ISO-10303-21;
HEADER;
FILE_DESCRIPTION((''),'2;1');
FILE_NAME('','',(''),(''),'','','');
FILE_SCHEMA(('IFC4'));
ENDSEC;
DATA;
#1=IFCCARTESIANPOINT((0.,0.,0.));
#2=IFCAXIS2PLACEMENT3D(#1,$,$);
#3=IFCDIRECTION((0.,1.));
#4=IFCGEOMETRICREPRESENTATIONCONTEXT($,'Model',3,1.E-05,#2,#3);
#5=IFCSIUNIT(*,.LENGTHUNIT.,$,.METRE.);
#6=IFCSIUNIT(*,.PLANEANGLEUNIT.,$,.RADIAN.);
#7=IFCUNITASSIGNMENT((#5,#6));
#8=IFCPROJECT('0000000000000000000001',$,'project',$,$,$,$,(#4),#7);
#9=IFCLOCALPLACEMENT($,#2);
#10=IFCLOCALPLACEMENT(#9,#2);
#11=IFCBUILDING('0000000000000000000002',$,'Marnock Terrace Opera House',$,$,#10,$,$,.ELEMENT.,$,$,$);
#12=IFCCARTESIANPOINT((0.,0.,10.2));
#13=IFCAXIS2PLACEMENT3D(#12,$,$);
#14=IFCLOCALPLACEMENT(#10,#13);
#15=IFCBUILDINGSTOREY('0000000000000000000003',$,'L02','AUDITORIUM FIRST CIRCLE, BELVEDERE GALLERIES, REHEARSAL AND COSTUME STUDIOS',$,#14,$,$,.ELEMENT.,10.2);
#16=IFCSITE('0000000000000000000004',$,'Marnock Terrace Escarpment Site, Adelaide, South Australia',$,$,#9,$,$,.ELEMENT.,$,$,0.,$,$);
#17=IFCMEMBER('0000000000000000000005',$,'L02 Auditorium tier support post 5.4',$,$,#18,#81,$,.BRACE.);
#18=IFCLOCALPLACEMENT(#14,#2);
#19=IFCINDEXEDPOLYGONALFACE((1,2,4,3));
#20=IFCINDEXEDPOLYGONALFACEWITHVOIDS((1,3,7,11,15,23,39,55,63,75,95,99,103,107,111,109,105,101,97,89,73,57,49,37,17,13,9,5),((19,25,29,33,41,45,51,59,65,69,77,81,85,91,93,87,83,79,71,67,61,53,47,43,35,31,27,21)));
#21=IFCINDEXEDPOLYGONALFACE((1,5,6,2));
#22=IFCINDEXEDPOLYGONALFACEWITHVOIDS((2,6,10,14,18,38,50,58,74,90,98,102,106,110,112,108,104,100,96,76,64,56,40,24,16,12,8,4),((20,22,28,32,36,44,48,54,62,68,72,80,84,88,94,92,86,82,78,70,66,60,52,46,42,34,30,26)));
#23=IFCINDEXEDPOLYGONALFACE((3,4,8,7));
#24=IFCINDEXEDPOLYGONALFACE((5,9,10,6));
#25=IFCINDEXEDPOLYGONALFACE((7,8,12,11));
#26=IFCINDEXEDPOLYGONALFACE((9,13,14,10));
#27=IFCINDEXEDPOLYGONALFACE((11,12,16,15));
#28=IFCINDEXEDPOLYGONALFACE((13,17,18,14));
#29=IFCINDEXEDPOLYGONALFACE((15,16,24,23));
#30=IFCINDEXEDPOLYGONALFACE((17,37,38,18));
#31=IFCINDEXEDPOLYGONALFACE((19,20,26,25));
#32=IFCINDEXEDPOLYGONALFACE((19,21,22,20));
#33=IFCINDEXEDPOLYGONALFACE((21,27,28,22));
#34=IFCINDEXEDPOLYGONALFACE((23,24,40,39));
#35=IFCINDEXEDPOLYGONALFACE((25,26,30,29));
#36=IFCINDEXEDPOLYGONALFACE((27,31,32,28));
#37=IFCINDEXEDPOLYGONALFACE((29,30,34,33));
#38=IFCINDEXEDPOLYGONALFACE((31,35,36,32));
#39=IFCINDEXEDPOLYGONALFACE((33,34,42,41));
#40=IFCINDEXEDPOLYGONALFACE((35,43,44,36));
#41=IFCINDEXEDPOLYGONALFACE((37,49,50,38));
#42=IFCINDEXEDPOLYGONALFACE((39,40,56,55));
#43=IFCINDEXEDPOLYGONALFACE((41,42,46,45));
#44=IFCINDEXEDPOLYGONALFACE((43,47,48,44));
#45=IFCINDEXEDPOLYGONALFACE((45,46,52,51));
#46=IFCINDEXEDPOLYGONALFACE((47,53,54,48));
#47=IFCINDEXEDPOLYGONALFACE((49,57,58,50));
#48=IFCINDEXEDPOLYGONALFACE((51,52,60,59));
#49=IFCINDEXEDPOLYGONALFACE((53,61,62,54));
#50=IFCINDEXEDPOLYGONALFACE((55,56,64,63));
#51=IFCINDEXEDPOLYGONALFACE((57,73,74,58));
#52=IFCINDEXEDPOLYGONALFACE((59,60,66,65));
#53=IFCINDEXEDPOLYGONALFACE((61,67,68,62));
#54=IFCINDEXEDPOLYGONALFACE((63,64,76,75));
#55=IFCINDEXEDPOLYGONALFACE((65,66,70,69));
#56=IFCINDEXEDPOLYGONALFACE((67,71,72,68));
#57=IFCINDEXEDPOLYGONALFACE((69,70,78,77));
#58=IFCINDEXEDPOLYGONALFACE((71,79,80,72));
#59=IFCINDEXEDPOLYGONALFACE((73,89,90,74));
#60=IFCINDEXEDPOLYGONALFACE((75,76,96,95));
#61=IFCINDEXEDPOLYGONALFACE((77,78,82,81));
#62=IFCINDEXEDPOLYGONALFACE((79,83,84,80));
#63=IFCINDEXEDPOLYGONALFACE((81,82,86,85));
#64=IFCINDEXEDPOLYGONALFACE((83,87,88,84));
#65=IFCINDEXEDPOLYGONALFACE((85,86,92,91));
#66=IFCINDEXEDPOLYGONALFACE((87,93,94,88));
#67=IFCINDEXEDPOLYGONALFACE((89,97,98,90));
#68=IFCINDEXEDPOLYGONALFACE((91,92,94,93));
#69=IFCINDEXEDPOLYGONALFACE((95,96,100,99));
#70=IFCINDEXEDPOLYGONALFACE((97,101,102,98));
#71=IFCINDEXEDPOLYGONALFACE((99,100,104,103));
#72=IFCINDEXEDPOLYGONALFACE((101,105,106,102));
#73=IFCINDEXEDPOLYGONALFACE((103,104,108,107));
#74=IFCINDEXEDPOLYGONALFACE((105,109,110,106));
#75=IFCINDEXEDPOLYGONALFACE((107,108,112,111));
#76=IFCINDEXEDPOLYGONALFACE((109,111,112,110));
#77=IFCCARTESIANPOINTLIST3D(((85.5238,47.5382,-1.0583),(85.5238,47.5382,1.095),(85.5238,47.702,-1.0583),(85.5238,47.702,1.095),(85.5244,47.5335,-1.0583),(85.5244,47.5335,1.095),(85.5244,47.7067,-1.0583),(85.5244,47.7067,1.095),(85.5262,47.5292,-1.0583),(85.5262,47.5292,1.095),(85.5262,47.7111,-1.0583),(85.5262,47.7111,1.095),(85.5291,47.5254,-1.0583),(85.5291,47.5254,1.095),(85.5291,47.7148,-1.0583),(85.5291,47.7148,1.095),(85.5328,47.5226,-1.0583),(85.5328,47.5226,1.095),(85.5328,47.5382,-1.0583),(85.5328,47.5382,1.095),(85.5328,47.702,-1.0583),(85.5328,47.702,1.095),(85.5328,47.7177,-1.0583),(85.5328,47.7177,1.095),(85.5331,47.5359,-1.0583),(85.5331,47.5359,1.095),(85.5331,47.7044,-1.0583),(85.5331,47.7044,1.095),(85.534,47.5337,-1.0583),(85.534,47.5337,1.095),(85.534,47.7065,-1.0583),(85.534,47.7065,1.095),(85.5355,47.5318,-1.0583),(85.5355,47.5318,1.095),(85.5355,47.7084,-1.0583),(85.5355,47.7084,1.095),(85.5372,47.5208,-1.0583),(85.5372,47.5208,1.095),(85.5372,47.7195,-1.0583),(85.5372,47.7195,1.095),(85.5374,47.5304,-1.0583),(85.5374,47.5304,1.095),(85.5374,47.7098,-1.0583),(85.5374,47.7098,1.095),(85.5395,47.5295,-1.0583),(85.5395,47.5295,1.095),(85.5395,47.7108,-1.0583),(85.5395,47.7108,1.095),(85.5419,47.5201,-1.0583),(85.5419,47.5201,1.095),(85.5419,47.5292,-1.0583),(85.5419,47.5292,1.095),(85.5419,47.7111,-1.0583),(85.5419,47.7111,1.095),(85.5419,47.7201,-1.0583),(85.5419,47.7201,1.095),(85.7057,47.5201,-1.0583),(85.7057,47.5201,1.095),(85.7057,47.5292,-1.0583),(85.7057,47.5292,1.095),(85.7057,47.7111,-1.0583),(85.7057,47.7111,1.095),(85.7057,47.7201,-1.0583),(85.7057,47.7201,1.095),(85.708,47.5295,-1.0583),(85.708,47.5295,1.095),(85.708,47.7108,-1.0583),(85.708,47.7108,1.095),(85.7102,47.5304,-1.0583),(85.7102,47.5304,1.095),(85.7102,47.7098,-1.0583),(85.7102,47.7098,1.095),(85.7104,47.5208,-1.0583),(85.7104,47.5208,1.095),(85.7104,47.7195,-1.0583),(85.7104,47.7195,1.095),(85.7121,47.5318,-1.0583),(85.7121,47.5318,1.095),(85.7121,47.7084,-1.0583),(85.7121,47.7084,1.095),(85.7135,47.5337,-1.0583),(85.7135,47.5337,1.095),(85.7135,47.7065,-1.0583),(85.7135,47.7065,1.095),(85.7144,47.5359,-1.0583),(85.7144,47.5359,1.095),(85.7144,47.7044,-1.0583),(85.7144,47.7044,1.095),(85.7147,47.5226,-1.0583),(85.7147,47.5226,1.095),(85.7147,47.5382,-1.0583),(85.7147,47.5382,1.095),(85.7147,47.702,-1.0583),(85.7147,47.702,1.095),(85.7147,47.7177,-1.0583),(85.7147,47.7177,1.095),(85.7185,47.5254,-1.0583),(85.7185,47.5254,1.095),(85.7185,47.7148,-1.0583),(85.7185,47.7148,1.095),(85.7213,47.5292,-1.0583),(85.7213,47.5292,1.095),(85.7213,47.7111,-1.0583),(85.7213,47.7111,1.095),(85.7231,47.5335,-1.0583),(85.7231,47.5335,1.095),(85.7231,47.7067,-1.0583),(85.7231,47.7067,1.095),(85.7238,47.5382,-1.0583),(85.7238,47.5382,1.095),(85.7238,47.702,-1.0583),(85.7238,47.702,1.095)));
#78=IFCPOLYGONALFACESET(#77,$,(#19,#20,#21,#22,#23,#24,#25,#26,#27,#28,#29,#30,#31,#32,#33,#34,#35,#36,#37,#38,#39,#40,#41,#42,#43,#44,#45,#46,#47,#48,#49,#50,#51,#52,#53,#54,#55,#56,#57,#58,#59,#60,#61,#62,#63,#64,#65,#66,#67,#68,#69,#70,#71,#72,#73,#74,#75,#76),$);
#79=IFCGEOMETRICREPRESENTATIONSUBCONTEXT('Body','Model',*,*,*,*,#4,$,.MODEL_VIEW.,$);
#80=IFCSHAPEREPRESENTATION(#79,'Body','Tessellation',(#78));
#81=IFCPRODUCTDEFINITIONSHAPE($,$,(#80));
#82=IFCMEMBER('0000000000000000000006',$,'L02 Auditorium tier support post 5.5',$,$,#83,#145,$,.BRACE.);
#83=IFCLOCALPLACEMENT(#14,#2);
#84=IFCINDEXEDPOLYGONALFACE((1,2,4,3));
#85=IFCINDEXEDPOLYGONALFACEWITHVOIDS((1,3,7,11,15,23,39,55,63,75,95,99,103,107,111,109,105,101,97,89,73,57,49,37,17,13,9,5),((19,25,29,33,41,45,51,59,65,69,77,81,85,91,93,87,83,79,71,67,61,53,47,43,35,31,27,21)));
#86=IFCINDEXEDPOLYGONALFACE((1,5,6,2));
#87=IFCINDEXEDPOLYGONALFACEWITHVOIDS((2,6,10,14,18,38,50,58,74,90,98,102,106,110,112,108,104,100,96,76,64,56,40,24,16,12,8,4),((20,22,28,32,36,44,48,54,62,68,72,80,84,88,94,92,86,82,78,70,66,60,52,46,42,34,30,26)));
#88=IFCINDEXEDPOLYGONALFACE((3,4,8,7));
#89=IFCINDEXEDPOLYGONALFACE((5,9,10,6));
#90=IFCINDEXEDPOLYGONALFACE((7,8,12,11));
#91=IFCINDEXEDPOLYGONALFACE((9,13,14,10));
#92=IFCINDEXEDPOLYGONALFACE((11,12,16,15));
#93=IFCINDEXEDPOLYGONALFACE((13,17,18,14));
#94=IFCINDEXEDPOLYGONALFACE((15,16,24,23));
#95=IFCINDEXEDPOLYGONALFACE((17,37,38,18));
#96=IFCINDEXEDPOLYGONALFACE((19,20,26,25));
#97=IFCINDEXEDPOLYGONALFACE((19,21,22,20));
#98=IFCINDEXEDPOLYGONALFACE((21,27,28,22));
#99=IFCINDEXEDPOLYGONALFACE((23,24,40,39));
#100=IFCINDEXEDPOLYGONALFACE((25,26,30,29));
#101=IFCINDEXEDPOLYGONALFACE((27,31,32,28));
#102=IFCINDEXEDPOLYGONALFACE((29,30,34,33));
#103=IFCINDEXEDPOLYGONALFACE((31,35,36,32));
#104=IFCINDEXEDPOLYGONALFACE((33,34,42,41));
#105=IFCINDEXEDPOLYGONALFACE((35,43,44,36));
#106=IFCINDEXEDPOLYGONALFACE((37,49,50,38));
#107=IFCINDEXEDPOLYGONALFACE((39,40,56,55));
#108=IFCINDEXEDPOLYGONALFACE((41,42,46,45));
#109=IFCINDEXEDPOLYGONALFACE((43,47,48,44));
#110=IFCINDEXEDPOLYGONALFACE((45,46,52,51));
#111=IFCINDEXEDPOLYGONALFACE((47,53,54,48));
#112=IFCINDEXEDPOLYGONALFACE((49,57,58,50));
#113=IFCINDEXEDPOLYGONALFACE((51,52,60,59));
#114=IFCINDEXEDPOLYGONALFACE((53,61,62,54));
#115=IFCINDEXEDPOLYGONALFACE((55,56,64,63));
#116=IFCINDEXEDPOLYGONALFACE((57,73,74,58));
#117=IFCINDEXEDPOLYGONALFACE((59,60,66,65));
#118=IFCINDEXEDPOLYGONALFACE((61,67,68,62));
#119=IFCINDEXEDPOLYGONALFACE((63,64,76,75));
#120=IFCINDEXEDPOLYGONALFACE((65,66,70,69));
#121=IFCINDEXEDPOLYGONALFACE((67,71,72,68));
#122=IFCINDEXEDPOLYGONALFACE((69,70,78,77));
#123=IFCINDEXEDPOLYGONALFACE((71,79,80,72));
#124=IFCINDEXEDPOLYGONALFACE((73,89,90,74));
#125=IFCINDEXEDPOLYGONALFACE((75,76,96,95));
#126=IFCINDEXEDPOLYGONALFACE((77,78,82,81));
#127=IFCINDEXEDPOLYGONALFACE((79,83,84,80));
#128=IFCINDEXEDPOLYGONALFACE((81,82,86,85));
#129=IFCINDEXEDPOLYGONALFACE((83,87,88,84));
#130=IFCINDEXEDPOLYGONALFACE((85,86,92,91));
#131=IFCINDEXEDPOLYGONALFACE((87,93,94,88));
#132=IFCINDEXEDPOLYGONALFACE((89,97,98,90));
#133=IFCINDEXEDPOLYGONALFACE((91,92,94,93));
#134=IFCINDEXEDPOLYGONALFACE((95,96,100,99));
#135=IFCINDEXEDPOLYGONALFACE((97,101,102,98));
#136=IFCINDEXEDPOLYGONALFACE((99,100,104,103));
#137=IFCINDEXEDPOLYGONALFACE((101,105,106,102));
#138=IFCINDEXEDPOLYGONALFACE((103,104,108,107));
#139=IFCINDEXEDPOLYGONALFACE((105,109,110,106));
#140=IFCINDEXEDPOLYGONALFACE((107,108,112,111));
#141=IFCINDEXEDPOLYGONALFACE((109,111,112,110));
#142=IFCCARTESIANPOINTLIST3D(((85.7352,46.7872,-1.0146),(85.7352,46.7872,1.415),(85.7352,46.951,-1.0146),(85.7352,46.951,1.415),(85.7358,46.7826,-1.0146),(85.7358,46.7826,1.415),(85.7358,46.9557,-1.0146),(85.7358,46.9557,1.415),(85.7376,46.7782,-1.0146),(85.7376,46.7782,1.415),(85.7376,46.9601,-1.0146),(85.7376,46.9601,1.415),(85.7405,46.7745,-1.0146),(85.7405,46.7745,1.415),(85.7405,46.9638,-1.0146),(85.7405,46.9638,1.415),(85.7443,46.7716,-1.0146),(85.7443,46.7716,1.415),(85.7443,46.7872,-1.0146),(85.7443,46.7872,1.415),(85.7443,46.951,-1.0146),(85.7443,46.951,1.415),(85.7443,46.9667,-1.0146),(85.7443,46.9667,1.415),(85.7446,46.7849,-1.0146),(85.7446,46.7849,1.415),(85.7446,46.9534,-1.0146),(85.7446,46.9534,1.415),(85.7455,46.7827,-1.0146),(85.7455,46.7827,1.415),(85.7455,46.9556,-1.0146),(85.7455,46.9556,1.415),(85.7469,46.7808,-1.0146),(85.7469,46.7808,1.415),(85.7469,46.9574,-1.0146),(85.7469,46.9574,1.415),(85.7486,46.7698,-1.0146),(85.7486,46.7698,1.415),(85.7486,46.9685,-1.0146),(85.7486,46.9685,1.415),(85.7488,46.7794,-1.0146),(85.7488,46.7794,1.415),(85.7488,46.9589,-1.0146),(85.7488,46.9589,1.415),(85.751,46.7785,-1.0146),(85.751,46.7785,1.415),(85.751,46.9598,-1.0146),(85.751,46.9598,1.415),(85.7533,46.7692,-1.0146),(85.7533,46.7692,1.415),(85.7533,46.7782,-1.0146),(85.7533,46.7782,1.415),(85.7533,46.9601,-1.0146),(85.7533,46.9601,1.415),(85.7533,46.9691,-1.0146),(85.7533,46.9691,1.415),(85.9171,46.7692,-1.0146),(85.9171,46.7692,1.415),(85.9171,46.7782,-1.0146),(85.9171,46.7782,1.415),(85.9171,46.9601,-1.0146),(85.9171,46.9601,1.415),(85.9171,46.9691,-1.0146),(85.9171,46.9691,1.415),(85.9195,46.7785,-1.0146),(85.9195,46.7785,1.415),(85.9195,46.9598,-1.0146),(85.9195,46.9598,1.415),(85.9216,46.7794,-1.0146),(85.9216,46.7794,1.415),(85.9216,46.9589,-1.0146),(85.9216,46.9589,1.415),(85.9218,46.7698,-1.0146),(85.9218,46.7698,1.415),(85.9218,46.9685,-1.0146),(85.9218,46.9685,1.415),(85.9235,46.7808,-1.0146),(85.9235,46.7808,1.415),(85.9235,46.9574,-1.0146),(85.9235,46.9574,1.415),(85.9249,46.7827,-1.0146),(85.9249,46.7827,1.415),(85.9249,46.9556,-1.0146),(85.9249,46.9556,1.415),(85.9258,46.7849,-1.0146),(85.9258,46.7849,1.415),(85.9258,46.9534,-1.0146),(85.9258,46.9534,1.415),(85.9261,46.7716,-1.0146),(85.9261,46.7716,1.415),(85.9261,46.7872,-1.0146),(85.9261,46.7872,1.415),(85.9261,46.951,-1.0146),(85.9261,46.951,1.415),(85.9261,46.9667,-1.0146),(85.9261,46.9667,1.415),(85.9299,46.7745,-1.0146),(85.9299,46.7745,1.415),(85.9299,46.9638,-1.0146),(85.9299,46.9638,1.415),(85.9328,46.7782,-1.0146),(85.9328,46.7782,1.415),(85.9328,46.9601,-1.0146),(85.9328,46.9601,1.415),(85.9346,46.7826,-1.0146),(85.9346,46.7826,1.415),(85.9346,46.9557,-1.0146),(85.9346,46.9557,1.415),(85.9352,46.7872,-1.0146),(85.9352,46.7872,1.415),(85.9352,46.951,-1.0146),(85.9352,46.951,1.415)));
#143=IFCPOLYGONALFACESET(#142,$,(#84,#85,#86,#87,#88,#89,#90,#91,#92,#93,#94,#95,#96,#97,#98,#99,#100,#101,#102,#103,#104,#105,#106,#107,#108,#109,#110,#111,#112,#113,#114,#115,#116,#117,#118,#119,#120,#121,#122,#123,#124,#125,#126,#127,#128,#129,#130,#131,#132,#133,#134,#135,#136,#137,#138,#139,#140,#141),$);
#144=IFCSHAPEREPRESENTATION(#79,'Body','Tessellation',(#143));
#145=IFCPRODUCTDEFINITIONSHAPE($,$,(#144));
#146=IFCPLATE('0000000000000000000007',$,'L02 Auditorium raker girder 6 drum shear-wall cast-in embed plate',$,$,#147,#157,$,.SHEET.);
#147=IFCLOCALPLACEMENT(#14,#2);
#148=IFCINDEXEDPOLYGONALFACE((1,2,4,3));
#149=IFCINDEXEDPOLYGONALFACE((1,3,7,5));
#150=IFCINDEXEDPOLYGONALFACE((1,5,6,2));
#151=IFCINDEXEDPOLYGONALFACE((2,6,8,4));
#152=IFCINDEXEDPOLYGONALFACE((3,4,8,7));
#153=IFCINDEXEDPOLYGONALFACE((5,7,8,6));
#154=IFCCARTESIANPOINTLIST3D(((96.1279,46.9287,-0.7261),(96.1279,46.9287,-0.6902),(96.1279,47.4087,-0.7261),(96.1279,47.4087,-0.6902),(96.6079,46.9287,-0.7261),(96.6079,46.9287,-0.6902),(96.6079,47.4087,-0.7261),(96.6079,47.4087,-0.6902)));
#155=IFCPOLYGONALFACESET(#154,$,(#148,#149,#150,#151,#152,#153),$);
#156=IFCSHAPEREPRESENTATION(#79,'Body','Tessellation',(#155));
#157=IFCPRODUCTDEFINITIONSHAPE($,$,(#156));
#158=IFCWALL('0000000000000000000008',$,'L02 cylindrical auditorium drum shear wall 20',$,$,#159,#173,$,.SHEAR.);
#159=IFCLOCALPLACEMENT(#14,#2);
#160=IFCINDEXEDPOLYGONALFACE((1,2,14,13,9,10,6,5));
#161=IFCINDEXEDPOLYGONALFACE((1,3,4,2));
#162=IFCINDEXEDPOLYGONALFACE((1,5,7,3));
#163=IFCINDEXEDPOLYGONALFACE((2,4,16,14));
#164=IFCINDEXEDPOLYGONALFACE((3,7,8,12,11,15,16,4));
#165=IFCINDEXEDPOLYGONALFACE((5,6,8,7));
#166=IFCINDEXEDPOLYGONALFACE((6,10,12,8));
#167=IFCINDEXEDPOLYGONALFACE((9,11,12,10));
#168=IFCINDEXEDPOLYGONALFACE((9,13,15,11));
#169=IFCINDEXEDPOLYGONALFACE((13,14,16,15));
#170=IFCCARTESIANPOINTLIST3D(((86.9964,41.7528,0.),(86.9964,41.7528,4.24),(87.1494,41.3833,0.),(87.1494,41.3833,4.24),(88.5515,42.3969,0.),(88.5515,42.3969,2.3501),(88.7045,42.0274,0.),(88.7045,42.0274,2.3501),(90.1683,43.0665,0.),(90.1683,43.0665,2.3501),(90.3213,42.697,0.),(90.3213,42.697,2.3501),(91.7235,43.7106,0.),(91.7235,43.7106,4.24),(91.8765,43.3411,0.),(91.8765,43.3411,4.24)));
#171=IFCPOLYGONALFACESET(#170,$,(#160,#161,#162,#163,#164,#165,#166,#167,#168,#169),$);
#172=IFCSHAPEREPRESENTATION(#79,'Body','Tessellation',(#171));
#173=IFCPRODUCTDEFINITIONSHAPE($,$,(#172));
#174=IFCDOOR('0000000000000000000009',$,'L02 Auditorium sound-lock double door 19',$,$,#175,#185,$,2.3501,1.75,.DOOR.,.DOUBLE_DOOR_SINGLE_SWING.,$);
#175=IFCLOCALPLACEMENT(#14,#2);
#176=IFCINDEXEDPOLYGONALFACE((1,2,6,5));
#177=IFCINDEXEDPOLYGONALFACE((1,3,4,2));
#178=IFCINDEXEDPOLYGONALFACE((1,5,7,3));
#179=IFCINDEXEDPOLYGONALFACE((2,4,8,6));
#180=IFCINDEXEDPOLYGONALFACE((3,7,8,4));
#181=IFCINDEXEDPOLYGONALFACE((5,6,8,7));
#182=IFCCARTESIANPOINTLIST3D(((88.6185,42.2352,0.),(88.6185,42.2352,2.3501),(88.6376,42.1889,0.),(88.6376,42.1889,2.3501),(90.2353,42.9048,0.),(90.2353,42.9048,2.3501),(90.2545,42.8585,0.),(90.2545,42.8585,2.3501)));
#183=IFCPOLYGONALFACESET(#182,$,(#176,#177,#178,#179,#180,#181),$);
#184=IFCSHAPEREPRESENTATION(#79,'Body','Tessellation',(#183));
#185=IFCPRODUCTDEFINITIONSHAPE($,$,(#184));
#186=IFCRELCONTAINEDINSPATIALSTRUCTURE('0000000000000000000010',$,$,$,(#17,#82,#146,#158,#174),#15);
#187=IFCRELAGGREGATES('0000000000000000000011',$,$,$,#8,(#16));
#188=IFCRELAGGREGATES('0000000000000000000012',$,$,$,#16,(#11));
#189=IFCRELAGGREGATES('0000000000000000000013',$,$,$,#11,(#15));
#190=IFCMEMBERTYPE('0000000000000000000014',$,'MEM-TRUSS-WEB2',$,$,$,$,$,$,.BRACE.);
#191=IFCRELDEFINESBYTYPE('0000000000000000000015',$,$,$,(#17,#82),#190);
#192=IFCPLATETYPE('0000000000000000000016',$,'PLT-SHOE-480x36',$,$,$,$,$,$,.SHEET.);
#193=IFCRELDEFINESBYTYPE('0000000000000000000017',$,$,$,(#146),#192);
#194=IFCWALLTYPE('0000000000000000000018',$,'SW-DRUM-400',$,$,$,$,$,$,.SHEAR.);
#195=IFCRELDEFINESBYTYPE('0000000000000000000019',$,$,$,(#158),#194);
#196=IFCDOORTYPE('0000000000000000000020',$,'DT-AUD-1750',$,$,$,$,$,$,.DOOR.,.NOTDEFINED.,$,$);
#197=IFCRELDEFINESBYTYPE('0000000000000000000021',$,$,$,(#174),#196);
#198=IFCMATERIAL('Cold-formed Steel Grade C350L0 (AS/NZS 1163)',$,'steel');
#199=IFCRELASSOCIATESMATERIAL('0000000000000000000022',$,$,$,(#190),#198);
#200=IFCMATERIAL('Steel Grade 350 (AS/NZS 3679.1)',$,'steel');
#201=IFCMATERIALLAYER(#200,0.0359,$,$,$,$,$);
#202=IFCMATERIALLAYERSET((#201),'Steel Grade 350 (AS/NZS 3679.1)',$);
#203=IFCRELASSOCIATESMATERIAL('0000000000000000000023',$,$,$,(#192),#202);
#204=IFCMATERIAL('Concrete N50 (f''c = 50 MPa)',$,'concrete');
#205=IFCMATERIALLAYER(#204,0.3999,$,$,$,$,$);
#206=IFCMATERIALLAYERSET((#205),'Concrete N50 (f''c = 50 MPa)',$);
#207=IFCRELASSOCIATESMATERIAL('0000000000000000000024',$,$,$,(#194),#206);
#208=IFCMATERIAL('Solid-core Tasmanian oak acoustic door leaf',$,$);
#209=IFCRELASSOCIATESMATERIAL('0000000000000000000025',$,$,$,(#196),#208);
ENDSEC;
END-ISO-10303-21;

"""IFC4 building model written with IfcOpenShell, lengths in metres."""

from ifc_helpers import new_model, si_unit, direction, frame, frame_2d, origin, origin_2d, place, context, subcontext, project, spatial, rectangle, hollow_rectangle, extrude, material, layer, layer_set, material_profile, profile_set, type_object, element, fill, save


model = new_model("IFC4")

# Units and contexts
model_context = context("Model", 3, precision=1e-05, world=origin(), true_north=direction((0.0, 1.0)))
body_context = subcontext(model_context, "Body", "Model", "MODEL_VIEW")
ifc_project = project(units=[si_unit("LENGTHUNIT", "METRE"), si_unit("PLANEANGLEUNIT", "RADIAN")], contexts=[model_context])

# Site, building, storey
site_placement = place(None, origin())
site = spatial("IfcSite", under=ifc_project, at=site_placement, Name="Marnock Terrace Escarpment Site, Adelaide, South Australia", CompositionType="ELEMENT", RefElevation=0.0)
building_placement = place(site_placement, origin())
building = spatial("IfcBuilding", under=site, at=building_placement, Name="Marnock Terrace Opera House", CompositionType="ELEMENT")
storey_placement = place(building_placement, frame((0.0, 0.0, 10.2)))
storey = spatial("IfcBuildingStorey", under=building, at=storey_placement, Name="L02", Description="AUDITORIUM FIRST CIRCLE, BELVEDERE GALLERIES, REHEARSAL AND COSTUME STUDIOS", CompositionType="ELEMENT", Elevation=10.2)

# Shared definitions
ifc_material_1 = material(Name="Concrete N50 (f'c = 50 MPa)", Category="concrete")

# Shared definitions
ifc_material_2 = material(Name="Steel Grade 350 (AS/NZS 3679.1)", Category="steel")

# Members
ifc_material_3 = material(Name="Cold-formed Steel Grade C350L0 (AS/NZS 1163)", Category="steel")
ifc_material_profile_1 = material_profile(ifc_material_3, hollow_rectangle(XDim=0.2, YDim=0.2, WallThickness=0.009, InnerFilletRadius=0.009, OuterFilletRadius=0.0181, at=origin_2d()))
ifc_profile_set_1 = profile_set([ifc_material_profile_1], Name="Cold-formed Steel Grade C350L0 (AS/NZS 1163)")
member_type = type_object("IfcMemberType", Name="MEM-TRUSS-WEB2", PredefinedType="BRACE", material=ifc_profile_set_1)
member_1_placement = place(storey_placement, frame((85.6238, 47.6201, -1.0583), z_axis=(0.0, 0.0, 1.0), x_axis=(1.0, 0.0, 0.0)))
element("IfcMember", 1, at=member_1_placement, inside=storey, type_object=member_type, Name="L02 Auditorium tier support post 5.4", PredefinedType="BRACE", context=body_context, shape_type="SweptSolid", body=[
    extrude(hollow_rectangle(XDim=0.2, YDim=0.2, WallThickness=0.009, InnerFilletRadius=0.009, OuterFilletRadius=0.0181, at=origin_2d()), origin(), (0.0, 0.0, 1.0), 2.1533),
])
member_2_placement = place(storey_placement, frame((85.8352, 46.8691, -1.0146), z_axis=(0.0, 0.0, 1.0), x_axis=(1.0, 0.0, 0.0)))
element("IfcMember", 2, at=member_2_placement, inside=storey, type_object=member_type, Name="L02 Auditorium tier support post 5.5", PredefinedType="BRACE", context=body_context, shape_type="SweptSolid", body=[
    extrude(hollow_rectangle(XDim=0.2, YDim=0.2, WallThickness=0.009, InnerFilletRadius=0.009, OuterFilletRadius=0.0181, at=origin_2d()), origin(), (0.0, 0.0, 1.0), 2.4297),
])

# Plate
ifc_layer_1 = layer(ifc_material_2, 0.0359)
ifc_layer_set_1 = layer_set([ifc_layer_1], Name="Steel Grade 350 (AS/NZS 3679.1)")
plate_type = type_object("IfcPlateType", Name="PLT-SHOE-480x36", PredefinedType="SHEET", material=ifc_layer_set_1)
plate_placement = place(storey_placement, frame((96.3679, 47.1687, -0.7261), z_axis=(0.0, 0.0, 1.0), x_axis=(1.0, 0.0, 0.0)))
element("IfcPlate", 3, at=plate_placement, inside=storey, type_object=plate_type, Name="L02 Auditorium raker girder 6 drum shear-wall cast-in embed plate", PredefinedType="SHEET", context=body_context, shape_type="SweptSolid", body=[
    extrude(rectangle(XDim=0.48, YDim=0.48, at=origin_2d()), origin(), (0.0, 0.0, 1.0), 0.0359),
])

# Wall, opening, door
ifc_layer_2 = layer(ifc_material_1, 0.3999)
ifc_layer_set_2 = layer_set([ifc_layer_2], Name="Concrete N50 (f'c = 50 MPa)")
wall_type = type_object("IfcWallType", Name="SW-DRUM-400", PredefinedType="SHEAR", material=ifc_layer_set_2)
wall_placement = place(storey_placement, frame((87.073, 41.5681, 0.0), z_axis=(0.0, 0.0, 1.0), x_axis=(0.923896, 0.382643, 0.0)))
wall = element("IfcWall", 4, at=wall_placement, inside=storey, type_object=wall_type, Name="L02 cylindrical auditorium drum shear wall 20", PredefinedType="SHEAR", context=body_context, shape_type="SweptSolid", body=[
    extrude(rectangle(XDim=5.1165, YDim=0.3999, at=frame_2d((2.5581, 0.0))), origin(), (0.0, 0.0, 1.0), 4.24),
])
opening_placement = place(wall_placement, frame((1.6831, 0.0, 0.0)))
opening = element("IfcOpeningElement", 5, at=opening_placement, cuts=wall, PredefinedType="OPENING", context=body_context, shape_type="SweptSolid", body=[
    extrude(rectangle(XDim=1.75, YDim=2.3501, at=frame_2d((0.875, 1.175))), frame((0.0, 0.21, 0.0), z_axis=(0.0, -1.0, 0.0), x_axis=(1.0, 0.0, 0.0)), (0.0, 0.0, 1.0), 0.4199),
])
ifc_material_4 = material(Name="Solid-core Tasmanian oak acoustic door leaf")
door_type = type_object("IfcDoorType", Name="DT-AUD-1750", OperationType="NOTDEFINED", PredefinedType="DOOR", material=ifc_material_4)
door_placement = place(opening_placement, origin())
door = element("IfcDoor", 6, at=door_placement, inside=storey, type_object=door_type, Name="L02 Auditorium sound-lock double door 19", OperationType="DOUBLE_DOOR_SINGLE_SWING", OverallHeight=2.3501, OverallWidth=1.75, PredefinedType="DOOR", context=body_context, shape_type="SweptSolid", body=[
    extrude(rectangle(XDim=1.75, YDim=2.3501, at=frame_2d((0.875, 1.175))), frame((0.0, 0.0249, 0.0), z_axis=(0.0, -1.0, 0.0), x_axis=(1.0, 0.0, 0.0)), (0.0, 0.0, 1.0), 0.05),
])
fill(opening, door)

save(model, "model.ifc")
